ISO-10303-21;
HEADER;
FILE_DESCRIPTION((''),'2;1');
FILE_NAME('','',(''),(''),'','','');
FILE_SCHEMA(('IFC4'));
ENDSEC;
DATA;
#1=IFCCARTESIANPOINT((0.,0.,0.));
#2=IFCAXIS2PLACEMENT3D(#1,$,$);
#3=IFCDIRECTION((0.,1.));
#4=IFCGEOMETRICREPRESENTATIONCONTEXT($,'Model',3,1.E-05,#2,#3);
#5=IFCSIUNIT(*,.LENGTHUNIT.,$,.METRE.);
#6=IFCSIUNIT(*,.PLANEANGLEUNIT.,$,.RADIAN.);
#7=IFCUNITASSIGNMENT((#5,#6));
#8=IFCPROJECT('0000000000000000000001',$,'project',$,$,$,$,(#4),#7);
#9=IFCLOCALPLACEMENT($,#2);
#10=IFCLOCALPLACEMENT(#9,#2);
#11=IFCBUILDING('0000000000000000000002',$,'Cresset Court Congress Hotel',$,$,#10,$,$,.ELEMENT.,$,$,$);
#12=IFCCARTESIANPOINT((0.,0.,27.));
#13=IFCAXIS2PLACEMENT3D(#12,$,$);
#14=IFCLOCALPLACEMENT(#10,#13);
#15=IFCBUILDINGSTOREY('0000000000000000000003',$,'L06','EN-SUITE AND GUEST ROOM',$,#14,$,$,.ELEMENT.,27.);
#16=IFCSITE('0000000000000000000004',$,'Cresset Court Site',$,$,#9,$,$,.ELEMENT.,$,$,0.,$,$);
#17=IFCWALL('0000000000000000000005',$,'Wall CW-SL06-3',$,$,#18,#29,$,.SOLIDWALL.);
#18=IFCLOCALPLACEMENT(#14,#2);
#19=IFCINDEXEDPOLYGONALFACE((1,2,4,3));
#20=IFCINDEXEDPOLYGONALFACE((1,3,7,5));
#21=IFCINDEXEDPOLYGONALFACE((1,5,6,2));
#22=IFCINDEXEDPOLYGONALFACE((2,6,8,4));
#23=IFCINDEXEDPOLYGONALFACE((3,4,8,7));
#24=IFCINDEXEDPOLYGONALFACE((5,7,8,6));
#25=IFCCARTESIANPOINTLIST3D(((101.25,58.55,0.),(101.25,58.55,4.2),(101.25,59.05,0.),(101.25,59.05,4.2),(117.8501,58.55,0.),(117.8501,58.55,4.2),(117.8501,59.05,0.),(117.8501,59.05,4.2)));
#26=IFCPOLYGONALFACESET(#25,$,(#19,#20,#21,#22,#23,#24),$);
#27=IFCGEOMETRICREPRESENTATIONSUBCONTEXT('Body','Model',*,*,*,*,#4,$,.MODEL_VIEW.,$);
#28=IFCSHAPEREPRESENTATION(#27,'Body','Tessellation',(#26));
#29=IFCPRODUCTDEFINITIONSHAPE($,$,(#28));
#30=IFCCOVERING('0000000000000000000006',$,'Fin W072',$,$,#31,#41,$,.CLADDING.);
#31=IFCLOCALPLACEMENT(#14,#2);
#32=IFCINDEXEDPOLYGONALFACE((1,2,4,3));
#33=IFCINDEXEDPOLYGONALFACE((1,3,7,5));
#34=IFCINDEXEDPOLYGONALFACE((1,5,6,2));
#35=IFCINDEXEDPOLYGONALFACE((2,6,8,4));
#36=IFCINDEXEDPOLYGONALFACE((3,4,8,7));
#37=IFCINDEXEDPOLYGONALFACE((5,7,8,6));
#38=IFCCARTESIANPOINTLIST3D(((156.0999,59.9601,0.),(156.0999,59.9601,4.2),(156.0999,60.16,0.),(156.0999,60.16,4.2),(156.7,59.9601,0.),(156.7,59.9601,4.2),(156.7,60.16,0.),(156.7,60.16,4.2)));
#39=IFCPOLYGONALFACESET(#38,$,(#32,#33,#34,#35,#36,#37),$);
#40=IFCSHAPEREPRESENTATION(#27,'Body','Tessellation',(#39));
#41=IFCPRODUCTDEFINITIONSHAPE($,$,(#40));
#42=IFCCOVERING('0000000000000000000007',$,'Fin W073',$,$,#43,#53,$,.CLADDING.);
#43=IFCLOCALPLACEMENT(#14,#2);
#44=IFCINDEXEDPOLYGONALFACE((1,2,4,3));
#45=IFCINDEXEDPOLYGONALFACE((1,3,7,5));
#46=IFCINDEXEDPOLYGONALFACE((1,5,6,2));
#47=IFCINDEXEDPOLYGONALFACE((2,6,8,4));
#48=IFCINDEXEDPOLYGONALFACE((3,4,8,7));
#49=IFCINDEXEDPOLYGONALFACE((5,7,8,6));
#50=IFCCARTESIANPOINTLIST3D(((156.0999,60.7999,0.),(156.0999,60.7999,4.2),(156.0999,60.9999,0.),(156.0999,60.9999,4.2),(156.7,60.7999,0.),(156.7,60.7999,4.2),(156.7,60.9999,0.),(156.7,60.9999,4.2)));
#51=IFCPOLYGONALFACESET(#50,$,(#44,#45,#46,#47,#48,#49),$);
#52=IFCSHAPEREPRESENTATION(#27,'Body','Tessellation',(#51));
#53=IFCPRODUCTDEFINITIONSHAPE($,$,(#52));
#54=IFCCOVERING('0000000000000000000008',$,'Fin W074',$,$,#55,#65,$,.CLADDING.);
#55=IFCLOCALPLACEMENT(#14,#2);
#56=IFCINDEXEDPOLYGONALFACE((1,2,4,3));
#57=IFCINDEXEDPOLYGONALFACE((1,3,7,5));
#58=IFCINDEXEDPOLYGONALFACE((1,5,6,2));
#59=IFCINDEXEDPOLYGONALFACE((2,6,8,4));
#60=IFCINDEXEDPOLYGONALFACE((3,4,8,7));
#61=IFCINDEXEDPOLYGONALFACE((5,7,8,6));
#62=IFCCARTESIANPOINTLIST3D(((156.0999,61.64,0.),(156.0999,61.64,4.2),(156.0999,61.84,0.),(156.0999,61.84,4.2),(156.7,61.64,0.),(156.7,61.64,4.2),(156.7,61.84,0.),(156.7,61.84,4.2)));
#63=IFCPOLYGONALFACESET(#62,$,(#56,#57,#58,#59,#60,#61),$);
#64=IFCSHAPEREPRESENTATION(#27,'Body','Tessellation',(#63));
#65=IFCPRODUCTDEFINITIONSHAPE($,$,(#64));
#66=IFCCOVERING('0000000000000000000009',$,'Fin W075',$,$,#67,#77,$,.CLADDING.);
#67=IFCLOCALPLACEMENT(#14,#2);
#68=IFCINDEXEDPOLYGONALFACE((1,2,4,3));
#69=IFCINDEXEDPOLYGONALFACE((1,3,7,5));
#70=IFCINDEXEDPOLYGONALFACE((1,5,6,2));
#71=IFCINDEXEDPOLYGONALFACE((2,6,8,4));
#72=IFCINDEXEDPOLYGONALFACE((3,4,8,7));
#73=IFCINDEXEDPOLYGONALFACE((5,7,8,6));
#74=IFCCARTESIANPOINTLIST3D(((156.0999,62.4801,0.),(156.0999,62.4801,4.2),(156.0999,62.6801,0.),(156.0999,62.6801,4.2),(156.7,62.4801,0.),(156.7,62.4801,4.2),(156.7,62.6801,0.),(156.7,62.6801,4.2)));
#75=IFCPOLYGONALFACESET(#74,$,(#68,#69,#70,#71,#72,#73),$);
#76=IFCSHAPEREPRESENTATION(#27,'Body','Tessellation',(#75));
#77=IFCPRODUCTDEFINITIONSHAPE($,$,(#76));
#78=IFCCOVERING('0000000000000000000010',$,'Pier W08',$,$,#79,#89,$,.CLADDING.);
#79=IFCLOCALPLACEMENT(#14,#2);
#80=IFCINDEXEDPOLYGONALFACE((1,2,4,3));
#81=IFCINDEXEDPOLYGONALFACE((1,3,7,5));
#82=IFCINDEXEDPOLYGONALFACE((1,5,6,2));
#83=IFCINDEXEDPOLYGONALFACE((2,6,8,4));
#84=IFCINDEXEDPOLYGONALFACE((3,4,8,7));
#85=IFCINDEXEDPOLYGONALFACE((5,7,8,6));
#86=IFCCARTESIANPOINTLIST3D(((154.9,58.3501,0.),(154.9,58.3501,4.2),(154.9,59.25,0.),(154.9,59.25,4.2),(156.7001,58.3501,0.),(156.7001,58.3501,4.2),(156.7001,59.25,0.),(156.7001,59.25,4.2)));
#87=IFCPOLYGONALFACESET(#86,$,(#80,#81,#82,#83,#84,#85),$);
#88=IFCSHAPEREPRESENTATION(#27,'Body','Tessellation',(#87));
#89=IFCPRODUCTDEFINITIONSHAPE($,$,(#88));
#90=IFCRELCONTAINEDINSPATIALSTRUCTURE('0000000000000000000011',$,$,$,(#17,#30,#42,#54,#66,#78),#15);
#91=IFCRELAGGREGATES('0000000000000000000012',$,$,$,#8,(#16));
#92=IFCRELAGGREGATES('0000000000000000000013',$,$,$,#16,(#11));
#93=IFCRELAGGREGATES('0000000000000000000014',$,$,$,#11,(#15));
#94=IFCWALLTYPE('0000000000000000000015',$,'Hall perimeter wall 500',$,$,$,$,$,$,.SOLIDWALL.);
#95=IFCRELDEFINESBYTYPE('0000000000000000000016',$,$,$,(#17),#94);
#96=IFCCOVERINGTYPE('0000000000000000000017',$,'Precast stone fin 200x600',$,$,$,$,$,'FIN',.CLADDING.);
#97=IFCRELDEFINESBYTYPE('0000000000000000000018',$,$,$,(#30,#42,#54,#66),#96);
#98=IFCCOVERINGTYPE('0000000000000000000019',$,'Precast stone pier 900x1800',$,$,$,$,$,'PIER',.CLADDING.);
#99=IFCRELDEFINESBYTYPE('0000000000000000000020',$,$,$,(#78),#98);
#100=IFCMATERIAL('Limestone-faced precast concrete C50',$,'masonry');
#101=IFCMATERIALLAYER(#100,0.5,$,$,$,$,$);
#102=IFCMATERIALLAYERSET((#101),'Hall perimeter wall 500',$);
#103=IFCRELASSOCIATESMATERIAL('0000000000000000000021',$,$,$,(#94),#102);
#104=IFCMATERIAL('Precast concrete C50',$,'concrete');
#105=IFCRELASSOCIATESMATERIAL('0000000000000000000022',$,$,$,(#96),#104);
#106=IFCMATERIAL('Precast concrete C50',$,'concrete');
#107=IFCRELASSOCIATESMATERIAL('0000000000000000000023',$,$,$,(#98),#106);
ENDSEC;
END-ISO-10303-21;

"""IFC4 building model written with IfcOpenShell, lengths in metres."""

from ifc_helpers import new_model, si_unit, direction, frame, frame_2d, origin, origin_2d, place, context, subcontext, project, spatial, rectangle, extrude, material, layer, layer_set, type_object, element, save


model = new_model("IFC4")

# Units and contexts
model_context = context("Model", 3, precision=1e-05, world=origin(), true_north=direction((0.0, 1.0)))
body_context = subcontext(model_context, "Body", "Model", "MODEL_VIEW")
ifc_project = project(units=[si_unit("LENGTHUNIT", "METRE"), si_unit("PLANEANGLEUNIT", "RADIAN")], contexts=[model_context])

# Site, building, storey
site_placement = place(None, origin())
site = spatial("IfcSite", under=ifc_project, at=site_placement, Name="Cresset Court Site", CompositionType="ELEMENT", RefElevation=0.0)
building_placement = place(site_placement, origin())
building = spatial("IfcBuilding", under=site, at=building_placement, Name="Cresset Court Congress Hotel", CompositionType="ELEMENT")
storey_placement = place(building_placement, frame((0.0, 0.0, 27.0)))
storey = spatial("IfcBuildingStorey", under=building, at=storey_placement, Name="L06", Description="EN-SUITE AND GUEST ROOM", CompositionType="ELEMENT", Elevation=27.0)

# Wall
ifc_material_1 = material(Name="Limestone-faced precast concrete C50", Category="masonry")
ifc_layer_1 = layer(ifc_material_1, 0.5)
ifc_layer_set_1 = layer_set([ifc_layer_1], Name="Hall perimeter wall 500")
wall_type_1 = type_object("IfcWallType", Name="Hall perimeter wall 500", PredefinedType="SOLIDWALL", material=ifc_layer_set_1)
wall_1_placement = place(storey_placement, frame((117.8501, 58.8, 0.0), z_axis=(0.0, 0.0, 1.0), x_axis=(-1.0, 0.0, 0.0)))
element("IfcWall", 1, at=wall_1_placement, inside=storey, type_object=wall_type_1, Name="Wall CW-SL06-3", PredefinedType="SOLIDWALL", context=body_context, shape_type="SweptSolid", body=[
    extrude(rectangle(XDim=16.6001, YDim=0.5, at=frame_2d((8.3, 0.0))), origin(), (0.0, 0.0, 1.0), 4.2),
])

# Coverings
ifc_material_2 = material(Name="Precast concrete C50", Category="concrete")
covering_type_1 = type_object("IfcCoveringType", Name="Precast stone fin 200x600", ElementType="FIN", PredefinedType="CLADDING", material=ifc_material_2)
for number, where, z_axis, x_axis, name in (
    (2, (156.3999, 60.0601, 0.0), (0.0, 0.0, 1.0), (1.0, 0.0, 0.0), "Fin W072"),
    (3, (156.3999, 60.8999, 0.0), (0.0, 0.0, 1.0), (1.0, 0.0, 0.0), "Fin W073"),
    (4, (156.3999, 61.74, 0.0), (0.0, 0.0, 1.0), (1.0, 0.0, 0.0), "Fin W074"),
    (5, (156.3999, 62.5801, 0.0), (0.0, 0.0, 1.0), (1.0, 0.0, 0.0), "Fin W075"),
):
    element("IfcCovering", number, at=place(storey_placement, frame(where, z_axis=z_axis, x_axis=x_axis)), inside=storey, type_object=covering_type_1, Name=name, PredefinedType="CLADDING", context=body_context, shape_type="SweptSolid", body=[
        extrude(rectangle(XDim=0.6001, YDim=0.2, at=origin_2d()), origin(), (0.0, 0.0, 1.0), 4.2),
    ])
ifc_material_3 = material(Name="Precast concrete C50", Category="concrete")
covering_type_2 = type_object("IfcCoveringType", Name="Precast stone pier 900x1800", ElementType="PIER", PredefinedType="CLADDING", material=ifc_material_3)
covering_placement = place(storey_placement, frame((155.8, 58.8, 0.0), z_axis=(0.0, 0.0, 1.0), x_axis=(1.0, 0.0, 0.0)))
element("IfcCovering", 6, at=covering_placement, inside=storey, type_object=covering_type_2, Name="Pier W08", PredefinedType="CLADDING", context=body_context, shape_type="SweptSolid", body=[
    extrude(rectangle(XDim=1.8, YDim=0.8999, at=origin_2d()), origin(), (0.0, 0.0, 1.0), 4.2),
])

save(model, "model.ifc")
